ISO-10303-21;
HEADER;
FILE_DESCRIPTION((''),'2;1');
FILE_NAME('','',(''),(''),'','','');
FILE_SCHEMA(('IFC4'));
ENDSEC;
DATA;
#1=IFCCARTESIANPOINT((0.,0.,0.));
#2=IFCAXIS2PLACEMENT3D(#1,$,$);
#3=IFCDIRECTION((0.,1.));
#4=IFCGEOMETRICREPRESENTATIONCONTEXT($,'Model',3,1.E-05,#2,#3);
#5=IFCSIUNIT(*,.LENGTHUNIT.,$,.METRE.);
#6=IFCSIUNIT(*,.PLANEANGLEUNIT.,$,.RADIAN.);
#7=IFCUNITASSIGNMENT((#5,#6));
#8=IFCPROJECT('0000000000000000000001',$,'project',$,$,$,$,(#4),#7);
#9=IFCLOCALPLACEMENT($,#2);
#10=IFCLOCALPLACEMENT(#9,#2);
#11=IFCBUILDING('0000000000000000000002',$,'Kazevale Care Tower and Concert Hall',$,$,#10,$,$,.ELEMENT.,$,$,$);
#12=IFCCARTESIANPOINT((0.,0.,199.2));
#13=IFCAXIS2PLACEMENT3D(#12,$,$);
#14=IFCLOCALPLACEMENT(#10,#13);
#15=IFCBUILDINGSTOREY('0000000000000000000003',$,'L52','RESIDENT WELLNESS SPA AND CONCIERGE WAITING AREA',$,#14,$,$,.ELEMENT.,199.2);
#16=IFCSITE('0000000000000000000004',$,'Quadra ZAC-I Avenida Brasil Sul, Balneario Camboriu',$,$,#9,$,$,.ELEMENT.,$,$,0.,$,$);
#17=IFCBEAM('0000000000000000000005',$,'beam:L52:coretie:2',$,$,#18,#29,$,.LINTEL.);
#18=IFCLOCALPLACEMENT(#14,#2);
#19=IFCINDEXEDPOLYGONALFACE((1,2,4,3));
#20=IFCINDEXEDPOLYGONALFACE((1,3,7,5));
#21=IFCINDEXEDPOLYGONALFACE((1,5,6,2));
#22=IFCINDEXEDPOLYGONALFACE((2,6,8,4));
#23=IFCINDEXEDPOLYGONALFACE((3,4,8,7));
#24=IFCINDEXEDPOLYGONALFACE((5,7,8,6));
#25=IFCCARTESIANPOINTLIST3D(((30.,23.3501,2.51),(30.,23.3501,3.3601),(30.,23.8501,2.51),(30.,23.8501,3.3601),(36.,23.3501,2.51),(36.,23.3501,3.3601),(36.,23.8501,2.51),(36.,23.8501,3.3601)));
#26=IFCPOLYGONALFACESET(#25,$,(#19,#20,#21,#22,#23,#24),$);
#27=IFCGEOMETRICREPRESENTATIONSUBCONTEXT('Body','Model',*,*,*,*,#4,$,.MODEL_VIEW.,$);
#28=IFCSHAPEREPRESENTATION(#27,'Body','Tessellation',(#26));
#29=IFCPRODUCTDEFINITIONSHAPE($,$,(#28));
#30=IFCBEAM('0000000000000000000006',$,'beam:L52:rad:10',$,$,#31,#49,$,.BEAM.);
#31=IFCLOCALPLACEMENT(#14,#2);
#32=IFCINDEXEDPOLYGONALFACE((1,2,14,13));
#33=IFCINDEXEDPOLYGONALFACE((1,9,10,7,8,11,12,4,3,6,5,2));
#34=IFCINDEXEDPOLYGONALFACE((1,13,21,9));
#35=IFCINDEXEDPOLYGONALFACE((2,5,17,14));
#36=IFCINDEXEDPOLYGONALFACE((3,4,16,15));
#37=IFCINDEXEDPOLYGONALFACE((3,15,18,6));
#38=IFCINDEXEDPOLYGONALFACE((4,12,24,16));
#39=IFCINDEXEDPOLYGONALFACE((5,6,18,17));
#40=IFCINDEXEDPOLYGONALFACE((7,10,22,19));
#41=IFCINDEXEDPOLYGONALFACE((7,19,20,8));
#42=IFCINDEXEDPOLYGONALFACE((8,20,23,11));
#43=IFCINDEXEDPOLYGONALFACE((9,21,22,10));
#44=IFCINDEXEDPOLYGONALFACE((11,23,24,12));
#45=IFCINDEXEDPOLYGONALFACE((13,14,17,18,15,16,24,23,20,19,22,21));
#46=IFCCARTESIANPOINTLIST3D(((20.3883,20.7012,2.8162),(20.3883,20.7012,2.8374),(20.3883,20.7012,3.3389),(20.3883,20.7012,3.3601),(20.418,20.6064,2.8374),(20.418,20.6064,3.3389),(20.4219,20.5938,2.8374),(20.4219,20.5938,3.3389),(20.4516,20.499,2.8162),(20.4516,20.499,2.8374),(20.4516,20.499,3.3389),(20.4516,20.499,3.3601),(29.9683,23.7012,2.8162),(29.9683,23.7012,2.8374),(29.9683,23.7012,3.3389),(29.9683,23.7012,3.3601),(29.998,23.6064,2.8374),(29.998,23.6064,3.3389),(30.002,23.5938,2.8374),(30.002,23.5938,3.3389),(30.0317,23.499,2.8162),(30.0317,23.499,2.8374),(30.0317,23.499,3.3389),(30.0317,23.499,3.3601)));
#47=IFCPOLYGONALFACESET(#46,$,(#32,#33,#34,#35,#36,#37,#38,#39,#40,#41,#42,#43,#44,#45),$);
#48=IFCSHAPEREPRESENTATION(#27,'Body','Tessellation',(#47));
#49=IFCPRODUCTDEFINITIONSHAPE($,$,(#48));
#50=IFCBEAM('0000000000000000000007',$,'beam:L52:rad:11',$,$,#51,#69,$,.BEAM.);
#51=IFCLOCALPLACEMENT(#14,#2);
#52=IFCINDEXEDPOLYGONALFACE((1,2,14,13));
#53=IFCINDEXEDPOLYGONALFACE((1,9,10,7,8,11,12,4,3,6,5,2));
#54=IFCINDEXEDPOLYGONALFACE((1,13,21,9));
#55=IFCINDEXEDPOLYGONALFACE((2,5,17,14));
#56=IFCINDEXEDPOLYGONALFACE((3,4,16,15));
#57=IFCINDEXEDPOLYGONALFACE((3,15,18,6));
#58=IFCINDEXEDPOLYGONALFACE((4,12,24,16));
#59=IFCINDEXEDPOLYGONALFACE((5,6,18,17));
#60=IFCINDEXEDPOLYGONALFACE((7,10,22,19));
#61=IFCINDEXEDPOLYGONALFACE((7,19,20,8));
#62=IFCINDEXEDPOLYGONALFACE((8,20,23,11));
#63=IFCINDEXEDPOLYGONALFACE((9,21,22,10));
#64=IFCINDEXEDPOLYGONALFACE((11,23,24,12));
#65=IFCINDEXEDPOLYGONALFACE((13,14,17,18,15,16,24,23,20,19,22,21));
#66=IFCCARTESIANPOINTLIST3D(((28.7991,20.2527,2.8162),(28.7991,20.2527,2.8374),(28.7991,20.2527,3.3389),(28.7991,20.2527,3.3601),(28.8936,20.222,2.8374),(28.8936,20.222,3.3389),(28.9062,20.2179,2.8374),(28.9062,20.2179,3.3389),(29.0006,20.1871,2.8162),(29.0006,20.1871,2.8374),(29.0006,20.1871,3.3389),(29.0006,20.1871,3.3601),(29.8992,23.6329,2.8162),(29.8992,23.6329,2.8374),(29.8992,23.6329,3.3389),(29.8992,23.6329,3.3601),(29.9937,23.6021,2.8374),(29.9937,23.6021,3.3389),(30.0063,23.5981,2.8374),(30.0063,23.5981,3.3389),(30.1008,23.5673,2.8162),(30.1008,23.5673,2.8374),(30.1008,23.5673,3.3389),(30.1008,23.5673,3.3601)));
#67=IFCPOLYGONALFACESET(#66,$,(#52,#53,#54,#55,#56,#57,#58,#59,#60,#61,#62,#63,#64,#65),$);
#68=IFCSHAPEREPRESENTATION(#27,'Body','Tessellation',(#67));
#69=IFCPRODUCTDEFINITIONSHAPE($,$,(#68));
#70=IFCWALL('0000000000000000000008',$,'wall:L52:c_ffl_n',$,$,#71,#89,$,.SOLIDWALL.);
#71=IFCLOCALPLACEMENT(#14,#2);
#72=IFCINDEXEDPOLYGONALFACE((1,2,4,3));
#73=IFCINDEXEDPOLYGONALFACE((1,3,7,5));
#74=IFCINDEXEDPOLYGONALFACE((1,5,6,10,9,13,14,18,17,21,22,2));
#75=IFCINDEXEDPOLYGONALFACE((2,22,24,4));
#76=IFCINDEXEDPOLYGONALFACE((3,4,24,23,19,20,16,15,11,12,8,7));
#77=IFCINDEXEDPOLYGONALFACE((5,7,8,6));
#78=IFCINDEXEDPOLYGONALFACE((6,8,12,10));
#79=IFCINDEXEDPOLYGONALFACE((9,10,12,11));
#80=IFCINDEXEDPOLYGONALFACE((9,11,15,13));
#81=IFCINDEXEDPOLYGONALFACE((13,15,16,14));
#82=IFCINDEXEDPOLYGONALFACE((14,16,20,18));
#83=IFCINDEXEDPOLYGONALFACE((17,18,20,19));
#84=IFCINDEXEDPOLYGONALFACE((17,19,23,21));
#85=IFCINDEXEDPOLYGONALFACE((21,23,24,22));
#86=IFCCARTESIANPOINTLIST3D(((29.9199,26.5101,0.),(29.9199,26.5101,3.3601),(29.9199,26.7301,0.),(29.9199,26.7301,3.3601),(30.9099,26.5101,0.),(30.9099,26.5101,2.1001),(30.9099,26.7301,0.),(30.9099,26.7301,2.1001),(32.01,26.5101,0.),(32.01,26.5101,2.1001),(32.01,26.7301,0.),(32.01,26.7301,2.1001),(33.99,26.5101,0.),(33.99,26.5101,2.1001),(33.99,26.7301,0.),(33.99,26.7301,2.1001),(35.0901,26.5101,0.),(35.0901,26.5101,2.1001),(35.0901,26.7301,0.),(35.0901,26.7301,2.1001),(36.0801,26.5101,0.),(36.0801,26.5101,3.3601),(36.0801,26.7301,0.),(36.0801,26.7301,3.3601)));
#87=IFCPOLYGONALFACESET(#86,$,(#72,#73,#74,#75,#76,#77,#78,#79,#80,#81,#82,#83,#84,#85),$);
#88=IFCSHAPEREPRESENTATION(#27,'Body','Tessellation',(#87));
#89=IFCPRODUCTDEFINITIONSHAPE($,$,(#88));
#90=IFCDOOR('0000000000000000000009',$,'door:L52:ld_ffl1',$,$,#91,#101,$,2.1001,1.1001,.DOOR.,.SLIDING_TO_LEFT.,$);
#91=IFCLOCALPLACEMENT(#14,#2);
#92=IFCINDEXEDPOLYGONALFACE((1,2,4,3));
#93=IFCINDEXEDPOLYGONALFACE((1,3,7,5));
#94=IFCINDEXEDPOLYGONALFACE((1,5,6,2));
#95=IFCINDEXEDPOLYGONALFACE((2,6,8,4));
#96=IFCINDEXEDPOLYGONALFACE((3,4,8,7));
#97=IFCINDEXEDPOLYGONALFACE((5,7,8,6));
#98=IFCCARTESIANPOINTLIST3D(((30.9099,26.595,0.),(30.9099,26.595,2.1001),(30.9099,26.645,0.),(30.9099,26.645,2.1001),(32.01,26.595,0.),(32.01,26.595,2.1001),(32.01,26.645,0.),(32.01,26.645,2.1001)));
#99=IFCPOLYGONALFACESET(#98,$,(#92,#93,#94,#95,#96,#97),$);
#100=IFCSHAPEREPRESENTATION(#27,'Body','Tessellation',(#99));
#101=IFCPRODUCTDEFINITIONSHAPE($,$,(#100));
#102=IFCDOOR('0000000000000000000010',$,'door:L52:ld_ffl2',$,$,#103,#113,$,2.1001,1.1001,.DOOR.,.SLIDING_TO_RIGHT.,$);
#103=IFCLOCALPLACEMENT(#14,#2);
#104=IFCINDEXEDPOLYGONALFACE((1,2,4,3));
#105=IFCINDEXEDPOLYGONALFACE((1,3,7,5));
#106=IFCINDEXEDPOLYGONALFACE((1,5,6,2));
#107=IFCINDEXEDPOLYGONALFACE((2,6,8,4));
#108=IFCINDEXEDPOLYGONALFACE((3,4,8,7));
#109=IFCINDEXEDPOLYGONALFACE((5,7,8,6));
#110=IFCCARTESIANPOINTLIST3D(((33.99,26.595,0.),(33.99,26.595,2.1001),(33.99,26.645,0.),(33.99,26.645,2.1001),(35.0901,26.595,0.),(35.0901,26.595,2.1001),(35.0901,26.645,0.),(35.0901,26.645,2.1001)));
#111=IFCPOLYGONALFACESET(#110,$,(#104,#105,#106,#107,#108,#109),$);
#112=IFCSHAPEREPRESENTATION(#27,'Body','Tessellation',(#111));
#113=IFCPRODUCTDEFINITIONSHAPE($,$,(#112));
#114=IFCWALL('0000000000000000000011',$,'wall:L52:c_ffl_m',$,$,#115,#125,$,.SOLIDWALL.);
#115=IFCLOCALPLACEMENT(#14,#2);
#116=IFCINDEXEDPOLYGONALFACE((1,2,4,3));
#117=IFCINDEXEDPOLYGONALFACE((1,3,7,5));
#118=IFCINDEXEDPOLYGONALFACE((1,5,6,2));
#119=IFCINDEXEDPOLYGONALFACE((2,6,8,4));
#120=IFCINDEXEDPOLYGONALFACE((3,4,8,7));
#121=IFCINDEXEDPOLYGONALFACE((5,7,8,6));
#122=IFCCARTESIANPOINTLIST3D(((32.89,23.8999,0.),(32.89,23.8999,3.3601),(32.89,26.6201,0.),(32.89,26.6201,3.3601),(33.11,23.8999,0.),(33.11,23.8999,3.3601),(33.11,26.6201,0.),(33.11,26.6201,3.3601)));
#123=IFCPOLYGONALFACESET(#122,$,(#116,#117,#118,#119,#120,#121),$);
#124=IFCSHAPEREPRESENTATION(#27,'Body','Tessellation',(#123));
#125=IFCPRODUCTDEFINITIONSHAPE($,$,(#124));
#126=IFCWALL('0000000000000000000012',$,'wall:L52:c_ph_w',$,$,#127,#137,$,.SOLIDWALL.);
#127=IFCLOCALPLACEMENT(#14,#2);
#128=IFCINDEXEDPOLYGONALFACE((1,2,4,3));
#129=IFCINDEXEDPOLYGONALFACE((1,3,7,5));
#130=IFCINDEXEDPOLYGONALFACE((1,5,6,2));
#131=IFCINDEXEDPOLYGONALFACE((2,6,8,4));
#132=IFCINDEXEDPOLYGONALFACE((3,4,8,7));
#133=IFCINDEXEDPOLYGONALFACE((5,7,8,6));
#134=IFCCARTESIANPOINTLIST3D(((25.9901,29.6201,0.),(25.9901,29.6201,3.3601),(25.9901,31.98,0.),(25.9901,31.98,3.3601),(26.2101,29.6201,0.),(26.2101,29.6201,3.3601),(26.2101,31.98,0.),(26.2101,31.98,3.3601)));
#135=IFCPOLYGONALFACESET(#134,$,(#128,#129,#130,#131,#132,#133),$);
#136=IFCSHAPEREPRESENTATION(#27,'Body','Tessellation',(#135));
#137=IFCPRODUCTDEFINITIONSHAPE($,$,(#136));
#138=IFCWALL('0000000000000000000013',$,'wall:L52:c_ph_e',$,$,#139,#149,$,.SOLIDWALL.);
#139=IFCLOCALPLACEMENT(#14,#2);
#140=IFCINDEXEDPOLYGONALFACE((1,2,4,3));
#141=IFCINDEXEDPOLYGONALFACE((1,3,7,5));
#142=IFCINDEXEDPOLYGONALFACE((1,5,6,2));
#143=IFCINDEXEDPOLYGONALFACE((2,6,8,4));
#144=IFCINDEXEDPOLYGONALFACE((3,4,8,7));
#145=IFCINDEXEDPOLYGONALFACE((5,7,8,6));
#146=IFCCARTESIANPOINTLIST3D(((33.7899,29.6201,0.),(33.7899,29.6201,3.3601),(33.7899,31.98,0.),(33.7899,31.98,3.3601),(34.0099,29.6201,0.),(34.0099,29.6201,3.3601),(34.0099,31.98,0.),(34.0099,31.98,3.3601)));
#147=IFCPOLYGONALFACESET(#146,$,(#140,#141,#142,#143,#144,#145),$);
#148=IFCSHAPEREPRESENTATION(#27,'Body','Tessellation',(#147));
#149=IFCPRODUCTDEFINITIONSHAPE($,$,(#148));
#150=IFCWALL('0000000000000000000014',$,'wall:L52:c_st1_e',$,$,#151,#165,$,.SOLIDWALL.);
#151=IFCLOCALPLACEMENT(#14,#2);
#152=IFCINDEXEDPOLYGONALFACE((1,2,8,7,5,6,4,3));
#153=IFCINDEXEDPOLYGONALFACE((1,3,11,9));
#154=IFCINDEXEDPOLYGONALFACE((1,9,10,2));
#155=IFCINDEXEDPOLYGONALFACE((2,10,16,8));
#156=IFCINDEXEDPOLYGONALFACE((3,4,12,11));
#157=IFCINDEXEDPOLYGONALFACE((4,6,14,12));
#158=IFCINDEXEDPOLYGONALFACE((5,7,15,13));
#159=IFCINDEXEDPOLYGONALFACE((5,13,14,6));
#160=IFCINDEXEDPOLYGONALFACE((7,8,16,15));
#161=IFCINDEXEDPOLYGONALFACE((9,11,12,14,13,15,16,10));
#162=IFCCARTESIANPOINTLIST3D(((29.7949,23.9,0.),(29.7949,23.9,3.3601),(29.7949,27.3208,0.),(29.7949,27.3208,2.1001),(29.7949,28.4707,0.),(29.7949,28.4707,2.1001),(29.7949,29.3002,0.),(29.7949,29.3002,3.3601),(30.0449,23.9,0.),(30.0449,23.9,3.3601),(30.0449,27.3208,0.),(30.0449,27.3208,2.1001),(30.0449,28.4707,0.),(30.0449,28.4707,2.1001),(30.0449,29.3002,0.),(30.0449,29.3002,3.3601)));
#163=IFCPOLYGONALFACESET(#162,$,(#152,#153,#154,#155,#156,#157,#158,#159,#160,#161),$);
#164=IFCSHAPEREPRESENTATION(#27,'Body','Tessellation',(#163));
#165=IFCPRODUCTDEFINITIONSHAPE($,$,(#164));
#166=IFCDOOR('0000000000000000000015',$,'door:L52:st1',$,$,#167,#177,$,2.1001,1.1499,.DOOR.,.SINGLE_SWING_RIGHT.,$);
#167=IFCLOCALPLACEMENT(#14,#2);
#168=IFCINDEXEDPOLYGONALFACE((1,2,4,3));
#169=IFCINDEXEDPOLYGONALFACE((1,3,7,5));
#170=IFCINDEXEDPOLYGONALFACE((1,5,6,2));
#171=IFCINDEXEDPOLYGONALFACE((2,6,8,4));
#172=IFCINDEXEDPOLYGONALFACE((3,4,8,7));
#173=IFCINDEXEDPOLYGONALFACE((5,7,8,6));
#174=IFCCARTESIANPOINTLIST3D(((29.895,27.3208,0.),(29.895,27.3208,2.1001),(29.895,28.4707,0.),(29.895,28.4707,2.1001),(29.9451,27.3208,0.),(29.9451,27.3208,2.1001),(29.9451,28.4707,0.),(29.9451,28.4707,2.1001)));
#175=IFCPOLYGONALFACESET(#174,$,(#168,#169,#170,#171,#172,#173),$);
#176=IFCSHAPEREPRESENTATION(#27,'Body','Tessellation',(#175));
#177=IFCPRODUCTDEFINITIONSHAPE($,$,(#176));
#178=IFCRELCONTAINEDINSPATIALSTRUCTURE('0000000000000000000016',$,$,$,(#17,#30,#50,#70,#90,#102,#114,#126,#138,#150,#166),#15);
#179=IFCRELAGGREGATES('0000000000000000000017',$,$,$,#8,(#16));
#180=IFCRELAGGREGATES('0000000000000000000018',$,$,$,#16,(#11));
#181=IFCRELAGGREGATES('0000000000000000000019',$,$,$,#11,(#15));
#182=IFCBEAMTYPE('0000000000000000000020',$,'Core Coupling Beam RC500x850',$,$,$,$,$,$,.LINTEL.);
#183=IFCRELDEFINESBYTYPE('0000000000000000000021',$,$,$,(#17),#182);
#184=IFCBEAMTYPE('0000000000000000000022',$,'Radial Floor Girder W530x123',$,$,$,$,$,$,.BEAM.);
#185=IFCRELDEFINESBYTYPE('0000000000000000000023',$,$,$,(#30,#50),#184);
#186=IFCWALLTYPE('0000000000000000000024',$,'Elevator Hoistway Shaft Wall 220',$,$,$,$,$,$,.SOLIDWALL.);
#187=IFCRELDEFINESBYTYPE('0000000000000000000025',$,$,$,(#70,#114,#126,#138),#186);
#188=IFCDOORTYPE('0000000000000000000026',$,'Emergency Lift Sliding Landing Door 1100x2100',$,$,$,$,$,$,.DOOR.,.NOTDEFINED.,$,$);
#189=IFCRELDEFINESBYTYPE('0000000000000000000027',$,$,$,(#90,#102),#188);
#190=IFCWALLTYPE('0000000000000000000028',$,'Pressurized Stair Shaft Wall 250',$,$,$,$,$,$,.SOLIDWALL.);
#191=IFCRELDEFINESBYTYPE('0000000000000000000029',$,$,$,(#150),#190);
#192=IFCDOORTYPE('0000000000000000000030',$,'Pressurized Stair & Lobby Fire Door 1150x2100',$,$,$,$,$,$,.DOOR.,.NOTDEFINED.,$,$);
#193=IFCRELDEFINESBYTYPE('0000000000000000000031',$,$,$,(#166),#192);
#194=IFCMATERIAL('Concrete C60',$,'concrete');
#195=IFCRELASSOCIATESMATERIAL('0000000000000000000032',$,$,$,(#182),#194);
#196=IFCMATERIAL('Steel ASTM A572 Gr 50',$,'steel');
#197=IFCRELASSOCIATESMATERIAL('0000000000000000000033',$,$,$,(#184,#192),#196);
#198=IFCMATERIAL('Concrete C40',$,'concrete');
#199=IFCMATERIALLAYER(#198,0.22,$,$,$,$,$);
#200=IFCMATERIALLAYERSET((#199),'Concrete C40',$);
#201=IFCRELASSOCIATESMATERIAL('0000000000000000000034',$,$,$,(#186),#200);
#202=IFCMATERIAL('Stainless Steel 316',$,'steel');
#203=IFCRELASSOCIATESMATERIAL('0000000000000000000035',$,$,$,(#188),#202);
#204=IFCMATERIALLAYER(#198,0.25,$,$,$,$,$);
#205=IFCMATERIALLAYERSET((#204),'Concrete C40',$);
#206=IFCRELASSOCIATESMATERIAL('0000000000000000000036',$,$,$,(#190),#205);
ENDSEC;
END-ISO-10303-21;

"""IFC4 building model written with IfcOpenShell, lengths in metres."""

from ifc_helpers import new_model, si_unit, direction, frame, frame_2d, origin, origin_2d, place, context, subcontext, project, spatial, rectangle, i_section, extrude, material, layer, layer_set, material_profile, profile_set, type_object, element, fill, save


model = new_model("IFC4")

# Units and contexts
model_context = context("Model", 3, precision=1e-05, world=origin(), true_north=direction((0.0, 1.0)))
body_context = subcontext(model_context, "Body", "Model", "MODEL_VIEW")
ifc_project = project(units=[si_unit("LENGTHUNIT", "METRE"), si_unit("PLANEANGLEUNIT", "RADIAN")], contexts=[model_context])

# Site, building, storey
site_placement = place(None, origin())
site = spatial("IfcSite", under=ifc_project, at=site_placement, Name="Quadra ZAC-I Avenida Brasil Sul, Balneario Camboriu", CompositionType="ELEMENT", RefElevation=0.0)
building_placement = place(site_placement, origin())
building = spatial("IfcBuilding", under=site, at=building_placement, Name="Kazevale Care Tower and Concert Hall", CompositionType="ELEMENT")
storey_placement = place(building_placement, frame((0.0, 0.0, 199.2)))
storey = spatial("IfcBuildingStorey", under=building, at=storey_placement, Name="L52", Description="RESIDENT WELLNESS SPA AND CONCIERGE WAITING AREA", CompositionType="ELEMENT", Elevation=199.2)

# Beams
ifc_material_1 = material(Name="Concrete C60", Category="concrete")
ifc_material_profile_1 = material_profile(ifc_material_1, rectangle(XDim=0.5, YDim=0.8501, at=origin_2d()), Name="RC-B500x850")
ifc_profile_set_1 = profile_set([ifc_material_profile_1], Name="Concrete C60")
beam_type_1 = type_object("IfcBeamType", Name="Core Coupling Beam RC500x850", PredefinedType="LINTEL", material=ifc_profile_set_1)
beam_1_placement = place(storey_placement, frame((30.0, 23.6001, 2.9351), z_axis=(1.0, 0.0, 0.0), x_axis=(0.0, 1.0, 0.0)))
element("IfcBeam", 1, at=beam_1_placement, inside=storey, type_object=beam_type_1, Name="beam:L52:coretie:2", PredefinedType="LINTEL", context=body_context, shape_type="SweptSolid", body=[
    extrude(rectangle(XDim=0.5, YDim=0.8501, at=origin_2d()), origin(), (0.0, 0.0, 1.0), 6.0),
])
ifc_material_2 = material(Name="Steel ASTM A572 Gr 50", Category="steel")
ifc_material_profile_2 = material_profile(ifc_material_2, i_section(OverallWidth=0.2119, OverallDepth=0.5439, WebThickness=0.0132, FlangeThickness=0.0212, at=origin_2d()), Name="W530x123")
ifc_profile_set_2 = profile_set([ifc_material_profile_2], Name="Steel ASTM A572 Gr 50")
beam_type_2 = type_object("IfcBeamType", Name="Radial Floor Girder W530x123", PredefinedType="BEAM", material=ifc_profile_set_2)
beam_2_placement = place(storey_placement, frame((30.0, 23.6001, 3.0881), z_axis=(-0.954303, -0.29884, 0.0), x_axis=(0.29884, -0.954303, 0.0)))
element("IfcBeam", 2, at=beam_2_placement, inside=storey, type_object=beam_type_2, Name="beam:L52:rad:10", PredefinedType="BEAM", context=body_context, shape_type="SweptSolid", body=[
    extrude(i_section(OverallWidth=0.2119, OverallDepth=0.5439, WebThickness=0.0132, FlangeThickness=0.0212, at=origin_2d()), origin(), (0.0, 0.0, 1.0), 10.0388),
])
beam_3_placement = place(storey_placement, frame((30.0, 23.6001, 3.0881), z_axis=(-0.309482, -0.950905, 0.0), x_axis=(0.950905, -0.309482, 0.0)))
element("IfcBeam", 3, at=beam_3_placement, inside=storey, type_object=beam_type_2, Name="beam:L52:rad:11", PredefinedType="BEAM", context=body_context, shape_type="SweptSolid", body=[
    extrude(i_section(OverallWidth=0.2119, OverallDepth=0.5439, WebThickness=0.0132, FlangeThickness=0.0212, at=origin_2d()), origin(), (0.0, 0.0, 1.0), 3.5547),
])

# Wall, openings, doors
ifc_material_3 = material(Name="Concrete C40", Category="concrete")
ifc_layer_1 = layer(ifc_material_3, 0.22)
ifc_layer_set_1 = layer_set([ifc_layer_1], Name="Concrete C40")
wall_type_1 = type_object("IfcWallType", Name="Elevator Hoistway Shaft Wall 220", PredefinedType="SOLIDWALL", material=ifc_layer_set_1)
wall_1_placement = place(storey_placement, frame((29.9199, 26.6201, 0.0), z_axis=(0.0, 0.0, 1.0), x_axis=(1.0, 0.0, 0.0)))
wall_1 = element("IfcWall", 4, at=wall_1_placement, inside=storey, type_object=wall_type_1, Name="wall:L52:c_ffl_n", PredefinedType="SOLIDWALL", context=body_context, shape_type="SweptSolid", body=[
    extrude(rectangle(XDim=6.1602, YDim=0.22, at=frame_2d((3.0801, 0.0))), origin(), (0.0, 0.0, 1.0), 3.3601),
])
opening_1_placement = place(wall_1_placement, frame((0.99, 0.0, 0.0)))
opening_1 = element("IfcOpeningElement", 5, at=opening_1_placement, cuts=wall_1, PredefinedType="OPENING", context=body_context, shape_type="SweptSolid", body=[
    extrude(rectangle(XDim=1.1001, YDim=2.1001, at=frame_2d((0.55, 1.05))), frame((0.0, 0.1199, 0.0), z_axis=(0.0, -1.0, 0.0), x_axis=(1.0, 0.0, 0.0)), (0.0, 0.0, 1.0), 0.24),
])
opening_2_placement = place(wall_1_placement, frame((4.0701, 0.0, 0.0)))
opening_2 = element("IfcOpeningElement", 6, at=opening_2_placement, cuts=wall_1, PredefinedType="OPENING", context=body_context, shape_type="SweptSolid", body=[
    extrude(rectangle(XDim=1.1001, YDim=2.1001, at=frame_2d((0.55, 1.05))), frame((0.0, 0.1199, 0.0), z_axis=(0.0, -1.0, 0.0), x_axis=(1.0, 0.0, 0.0)), (0.0, 0.0, 1.0), 0.24),
])
ifc_material_4 = material(Name="Stainless Steel 316", Category="steel")
door_type_1 = type_object("IfcDoorType", Name="Emergency Lift Sliding Landing Door 1100x2100", OperationType="NOTDEFINED", PredefinedType="DOOR", material=ifc_material_4)
door_1_placement = place(opening_1_placement, origin())
door_1 = element("IfcDoor", 7, at=door_1_placement, inside=storey, type_object=door_type_1, Name="door:L52:ld_ffl1", OperationType="SLIDING_TO_LEFT", OverallHeight=2.1001, OverallWidth=1.1001, PredefinedType="DOOR", context=body_context, shape_type="SweptSolid", body=[
    extrude(rectangle(XDim=1.1001, YDim=2.1001, at=frame_2d((0.55, 1.05))), frame((0.0, 0.0249, 0.0), z_axis=(0.0, -1.0, 0.0), x_axis=(1.0, 0.0, 0.0)), (0.0, 0.0, 1.0), 0.05),
])
fill(opening_1, door_1)
door_2_placement = place(opening_2_placement, origin())
door_2 = element("IfcDoor", 8, at=door_2_placement, inside=storey, type_object=door_type_1, Name="door:L52:ld_ffl2", OperationType="SLIDING_TO_RIGHT", OverallHeight=2.1001, OverallWidth=1.1001, PredefinedType="DOOR", context=body_context, shape_type="SweptSolid", body=[
    extrude(rectangle(XDim=1.1001, YDim=2.1001, at=frame_2d((0.55, 1.05))), frame((0.0, 0.0249, 0.0), z_axis=(0.0, -1.0, 0.0), x_axis=(1.0, 0.0, 0.0)), (0.0, 0.0, 1.0), 0.05),
])
fill(opening_2, door_2)

# Walls
wall_2_placement = place(storey_placement, frame((33.0, 23.8999, 0.0), z_axis=(0.0, 0.0, 1.0), x_axis=(0.0, 1.0, 0.0)))
element("IfcWall", 9, at=wall_2_placement, inside=storey, type_object=wall_type_1, Name="wall:L52:c_ffl_m", PredefinedType="SOLIDWALL", context=body_context, shape_type="SweptSolid", body=[
    extrude(rectangle(XDim=2.7202, YDim=0.22, at=frame_2d((1.3601, 0.0))), origin(), (0.0, 0.0, 1.0), 3.3601),
])
for number, where, z_axis, x_axis, name in (
    (10, (26.1001, 29.6201, 0.0), (0.0, 0.0, 1.0), (0.0, 1.0, 0.0), "wall:L52:c_ph_w"),
    (11, (33.8999, 29.6201, 0.0), (0.0, 0.0, 1.0), (0.0, 1.0, 0.0), "wall:L52:c_ph_e"),
):
    element("IfcWall", number, at=place(storey_placement, frame(where, z_axis=z_axis, x_axis=x_axis)), inside=storey, type_object=wall_type_1, Name=name, PredefinedType="SOLIDWALL", context=body_context, shape_type="SweptSolid", body=[
        extrude(rectangle(XDim=2.3599, YDim=0.22, at=frame_2d((1.1799, 0.0))), origin(), (0.0, 0.0, 1.0), 3.3601),
    ])

# Wall, opening, door
ifc_layer_2 = layer(ifc_material_3, 0.25)
ifc_layer_set_2 = layer_set([ifc_layer_2], Name="Concrete C40")
wall_type_2 = type_object("IfcWallType", Name="Pressurized Stair Shaft Wall 250", PredefinedType="SOLIDWALL", material=ifc_layer_set_2)
wall_3_placement = place(storey_placement, frame((29.9199, 23.8999, 0.0), z_axis=(0.0, 0.0, 1.0), x_axis=(0.0, 1.0, 0.0)))
wall_3 = element("IfcWall", 12, at=wall_3_placement, inside=storey, type_object=wall_type_2, Name="wall:L52:c_st1_e", PredefinedType="SOLIDWALL", context=body_context, shape_type="SweptSolid", body=[
    extrude(rectangle(XDim=5.4001, YDim=0.25, at=frame_2d((2.7002, 0.0))), origin(), (0.0, 0.0, 1.0), 3.3601),
])
opening_3_placement = place(wall_3_placement, frame((3.4209, 0.0, 0.0)))
opening_3 = element("IfcOpeningElement", 13, at=opening_3_placement, cuts=wall_3, PredefinedType="OPENING", context=body_context, shape_type="SweptSolid", body=[
    extrude(rectangle(XDim=1.1499, YDim=2.1001, at=frame_2d((0.575, 1.05))), frame((0.0, 0.135, 0.0), z_axis=(0.0, -1.0, 0.0), x_axis=(1.0, 0.0, 0.0)), (0.0, 0.0, 1.0), 0.27),
])
door_type_2 = type_object("IfcDoorType", Name="Pressurized Stair & Lobby Fire Door 1150x2100", OperationType="NOTDEFINED", PredefinedType="DOOR", material=ifc_material_2)
door_3_placement = place(opening_3_placement, origin())
door_3 = element("IfcDoor", 14, at=door_3_placement, inside=storey, type_object=door_type_2, Name="door:L52:st1", OperationType="SINGLE_SWING_RIGHT", OverallHeight=2.1001, OverallWidth=1.1499, PredefinedType="DOOR", context=body_context, shape_type="SweptSolid", body=[
    extrude(rectangle(XDim=1.1499, YDim=2.1001, at=frame_2d((0.575, 1.05))), frame((0.0, 0.0249, 0.0), z_axis=(0.0, -1.0, 0.0), x_axis=(1.0, 0.0, 0.0)), (0.0, 0.0, 1.0), 0.05),
])
fill(opening_3, door_3)

save(model, "model.ifc")
